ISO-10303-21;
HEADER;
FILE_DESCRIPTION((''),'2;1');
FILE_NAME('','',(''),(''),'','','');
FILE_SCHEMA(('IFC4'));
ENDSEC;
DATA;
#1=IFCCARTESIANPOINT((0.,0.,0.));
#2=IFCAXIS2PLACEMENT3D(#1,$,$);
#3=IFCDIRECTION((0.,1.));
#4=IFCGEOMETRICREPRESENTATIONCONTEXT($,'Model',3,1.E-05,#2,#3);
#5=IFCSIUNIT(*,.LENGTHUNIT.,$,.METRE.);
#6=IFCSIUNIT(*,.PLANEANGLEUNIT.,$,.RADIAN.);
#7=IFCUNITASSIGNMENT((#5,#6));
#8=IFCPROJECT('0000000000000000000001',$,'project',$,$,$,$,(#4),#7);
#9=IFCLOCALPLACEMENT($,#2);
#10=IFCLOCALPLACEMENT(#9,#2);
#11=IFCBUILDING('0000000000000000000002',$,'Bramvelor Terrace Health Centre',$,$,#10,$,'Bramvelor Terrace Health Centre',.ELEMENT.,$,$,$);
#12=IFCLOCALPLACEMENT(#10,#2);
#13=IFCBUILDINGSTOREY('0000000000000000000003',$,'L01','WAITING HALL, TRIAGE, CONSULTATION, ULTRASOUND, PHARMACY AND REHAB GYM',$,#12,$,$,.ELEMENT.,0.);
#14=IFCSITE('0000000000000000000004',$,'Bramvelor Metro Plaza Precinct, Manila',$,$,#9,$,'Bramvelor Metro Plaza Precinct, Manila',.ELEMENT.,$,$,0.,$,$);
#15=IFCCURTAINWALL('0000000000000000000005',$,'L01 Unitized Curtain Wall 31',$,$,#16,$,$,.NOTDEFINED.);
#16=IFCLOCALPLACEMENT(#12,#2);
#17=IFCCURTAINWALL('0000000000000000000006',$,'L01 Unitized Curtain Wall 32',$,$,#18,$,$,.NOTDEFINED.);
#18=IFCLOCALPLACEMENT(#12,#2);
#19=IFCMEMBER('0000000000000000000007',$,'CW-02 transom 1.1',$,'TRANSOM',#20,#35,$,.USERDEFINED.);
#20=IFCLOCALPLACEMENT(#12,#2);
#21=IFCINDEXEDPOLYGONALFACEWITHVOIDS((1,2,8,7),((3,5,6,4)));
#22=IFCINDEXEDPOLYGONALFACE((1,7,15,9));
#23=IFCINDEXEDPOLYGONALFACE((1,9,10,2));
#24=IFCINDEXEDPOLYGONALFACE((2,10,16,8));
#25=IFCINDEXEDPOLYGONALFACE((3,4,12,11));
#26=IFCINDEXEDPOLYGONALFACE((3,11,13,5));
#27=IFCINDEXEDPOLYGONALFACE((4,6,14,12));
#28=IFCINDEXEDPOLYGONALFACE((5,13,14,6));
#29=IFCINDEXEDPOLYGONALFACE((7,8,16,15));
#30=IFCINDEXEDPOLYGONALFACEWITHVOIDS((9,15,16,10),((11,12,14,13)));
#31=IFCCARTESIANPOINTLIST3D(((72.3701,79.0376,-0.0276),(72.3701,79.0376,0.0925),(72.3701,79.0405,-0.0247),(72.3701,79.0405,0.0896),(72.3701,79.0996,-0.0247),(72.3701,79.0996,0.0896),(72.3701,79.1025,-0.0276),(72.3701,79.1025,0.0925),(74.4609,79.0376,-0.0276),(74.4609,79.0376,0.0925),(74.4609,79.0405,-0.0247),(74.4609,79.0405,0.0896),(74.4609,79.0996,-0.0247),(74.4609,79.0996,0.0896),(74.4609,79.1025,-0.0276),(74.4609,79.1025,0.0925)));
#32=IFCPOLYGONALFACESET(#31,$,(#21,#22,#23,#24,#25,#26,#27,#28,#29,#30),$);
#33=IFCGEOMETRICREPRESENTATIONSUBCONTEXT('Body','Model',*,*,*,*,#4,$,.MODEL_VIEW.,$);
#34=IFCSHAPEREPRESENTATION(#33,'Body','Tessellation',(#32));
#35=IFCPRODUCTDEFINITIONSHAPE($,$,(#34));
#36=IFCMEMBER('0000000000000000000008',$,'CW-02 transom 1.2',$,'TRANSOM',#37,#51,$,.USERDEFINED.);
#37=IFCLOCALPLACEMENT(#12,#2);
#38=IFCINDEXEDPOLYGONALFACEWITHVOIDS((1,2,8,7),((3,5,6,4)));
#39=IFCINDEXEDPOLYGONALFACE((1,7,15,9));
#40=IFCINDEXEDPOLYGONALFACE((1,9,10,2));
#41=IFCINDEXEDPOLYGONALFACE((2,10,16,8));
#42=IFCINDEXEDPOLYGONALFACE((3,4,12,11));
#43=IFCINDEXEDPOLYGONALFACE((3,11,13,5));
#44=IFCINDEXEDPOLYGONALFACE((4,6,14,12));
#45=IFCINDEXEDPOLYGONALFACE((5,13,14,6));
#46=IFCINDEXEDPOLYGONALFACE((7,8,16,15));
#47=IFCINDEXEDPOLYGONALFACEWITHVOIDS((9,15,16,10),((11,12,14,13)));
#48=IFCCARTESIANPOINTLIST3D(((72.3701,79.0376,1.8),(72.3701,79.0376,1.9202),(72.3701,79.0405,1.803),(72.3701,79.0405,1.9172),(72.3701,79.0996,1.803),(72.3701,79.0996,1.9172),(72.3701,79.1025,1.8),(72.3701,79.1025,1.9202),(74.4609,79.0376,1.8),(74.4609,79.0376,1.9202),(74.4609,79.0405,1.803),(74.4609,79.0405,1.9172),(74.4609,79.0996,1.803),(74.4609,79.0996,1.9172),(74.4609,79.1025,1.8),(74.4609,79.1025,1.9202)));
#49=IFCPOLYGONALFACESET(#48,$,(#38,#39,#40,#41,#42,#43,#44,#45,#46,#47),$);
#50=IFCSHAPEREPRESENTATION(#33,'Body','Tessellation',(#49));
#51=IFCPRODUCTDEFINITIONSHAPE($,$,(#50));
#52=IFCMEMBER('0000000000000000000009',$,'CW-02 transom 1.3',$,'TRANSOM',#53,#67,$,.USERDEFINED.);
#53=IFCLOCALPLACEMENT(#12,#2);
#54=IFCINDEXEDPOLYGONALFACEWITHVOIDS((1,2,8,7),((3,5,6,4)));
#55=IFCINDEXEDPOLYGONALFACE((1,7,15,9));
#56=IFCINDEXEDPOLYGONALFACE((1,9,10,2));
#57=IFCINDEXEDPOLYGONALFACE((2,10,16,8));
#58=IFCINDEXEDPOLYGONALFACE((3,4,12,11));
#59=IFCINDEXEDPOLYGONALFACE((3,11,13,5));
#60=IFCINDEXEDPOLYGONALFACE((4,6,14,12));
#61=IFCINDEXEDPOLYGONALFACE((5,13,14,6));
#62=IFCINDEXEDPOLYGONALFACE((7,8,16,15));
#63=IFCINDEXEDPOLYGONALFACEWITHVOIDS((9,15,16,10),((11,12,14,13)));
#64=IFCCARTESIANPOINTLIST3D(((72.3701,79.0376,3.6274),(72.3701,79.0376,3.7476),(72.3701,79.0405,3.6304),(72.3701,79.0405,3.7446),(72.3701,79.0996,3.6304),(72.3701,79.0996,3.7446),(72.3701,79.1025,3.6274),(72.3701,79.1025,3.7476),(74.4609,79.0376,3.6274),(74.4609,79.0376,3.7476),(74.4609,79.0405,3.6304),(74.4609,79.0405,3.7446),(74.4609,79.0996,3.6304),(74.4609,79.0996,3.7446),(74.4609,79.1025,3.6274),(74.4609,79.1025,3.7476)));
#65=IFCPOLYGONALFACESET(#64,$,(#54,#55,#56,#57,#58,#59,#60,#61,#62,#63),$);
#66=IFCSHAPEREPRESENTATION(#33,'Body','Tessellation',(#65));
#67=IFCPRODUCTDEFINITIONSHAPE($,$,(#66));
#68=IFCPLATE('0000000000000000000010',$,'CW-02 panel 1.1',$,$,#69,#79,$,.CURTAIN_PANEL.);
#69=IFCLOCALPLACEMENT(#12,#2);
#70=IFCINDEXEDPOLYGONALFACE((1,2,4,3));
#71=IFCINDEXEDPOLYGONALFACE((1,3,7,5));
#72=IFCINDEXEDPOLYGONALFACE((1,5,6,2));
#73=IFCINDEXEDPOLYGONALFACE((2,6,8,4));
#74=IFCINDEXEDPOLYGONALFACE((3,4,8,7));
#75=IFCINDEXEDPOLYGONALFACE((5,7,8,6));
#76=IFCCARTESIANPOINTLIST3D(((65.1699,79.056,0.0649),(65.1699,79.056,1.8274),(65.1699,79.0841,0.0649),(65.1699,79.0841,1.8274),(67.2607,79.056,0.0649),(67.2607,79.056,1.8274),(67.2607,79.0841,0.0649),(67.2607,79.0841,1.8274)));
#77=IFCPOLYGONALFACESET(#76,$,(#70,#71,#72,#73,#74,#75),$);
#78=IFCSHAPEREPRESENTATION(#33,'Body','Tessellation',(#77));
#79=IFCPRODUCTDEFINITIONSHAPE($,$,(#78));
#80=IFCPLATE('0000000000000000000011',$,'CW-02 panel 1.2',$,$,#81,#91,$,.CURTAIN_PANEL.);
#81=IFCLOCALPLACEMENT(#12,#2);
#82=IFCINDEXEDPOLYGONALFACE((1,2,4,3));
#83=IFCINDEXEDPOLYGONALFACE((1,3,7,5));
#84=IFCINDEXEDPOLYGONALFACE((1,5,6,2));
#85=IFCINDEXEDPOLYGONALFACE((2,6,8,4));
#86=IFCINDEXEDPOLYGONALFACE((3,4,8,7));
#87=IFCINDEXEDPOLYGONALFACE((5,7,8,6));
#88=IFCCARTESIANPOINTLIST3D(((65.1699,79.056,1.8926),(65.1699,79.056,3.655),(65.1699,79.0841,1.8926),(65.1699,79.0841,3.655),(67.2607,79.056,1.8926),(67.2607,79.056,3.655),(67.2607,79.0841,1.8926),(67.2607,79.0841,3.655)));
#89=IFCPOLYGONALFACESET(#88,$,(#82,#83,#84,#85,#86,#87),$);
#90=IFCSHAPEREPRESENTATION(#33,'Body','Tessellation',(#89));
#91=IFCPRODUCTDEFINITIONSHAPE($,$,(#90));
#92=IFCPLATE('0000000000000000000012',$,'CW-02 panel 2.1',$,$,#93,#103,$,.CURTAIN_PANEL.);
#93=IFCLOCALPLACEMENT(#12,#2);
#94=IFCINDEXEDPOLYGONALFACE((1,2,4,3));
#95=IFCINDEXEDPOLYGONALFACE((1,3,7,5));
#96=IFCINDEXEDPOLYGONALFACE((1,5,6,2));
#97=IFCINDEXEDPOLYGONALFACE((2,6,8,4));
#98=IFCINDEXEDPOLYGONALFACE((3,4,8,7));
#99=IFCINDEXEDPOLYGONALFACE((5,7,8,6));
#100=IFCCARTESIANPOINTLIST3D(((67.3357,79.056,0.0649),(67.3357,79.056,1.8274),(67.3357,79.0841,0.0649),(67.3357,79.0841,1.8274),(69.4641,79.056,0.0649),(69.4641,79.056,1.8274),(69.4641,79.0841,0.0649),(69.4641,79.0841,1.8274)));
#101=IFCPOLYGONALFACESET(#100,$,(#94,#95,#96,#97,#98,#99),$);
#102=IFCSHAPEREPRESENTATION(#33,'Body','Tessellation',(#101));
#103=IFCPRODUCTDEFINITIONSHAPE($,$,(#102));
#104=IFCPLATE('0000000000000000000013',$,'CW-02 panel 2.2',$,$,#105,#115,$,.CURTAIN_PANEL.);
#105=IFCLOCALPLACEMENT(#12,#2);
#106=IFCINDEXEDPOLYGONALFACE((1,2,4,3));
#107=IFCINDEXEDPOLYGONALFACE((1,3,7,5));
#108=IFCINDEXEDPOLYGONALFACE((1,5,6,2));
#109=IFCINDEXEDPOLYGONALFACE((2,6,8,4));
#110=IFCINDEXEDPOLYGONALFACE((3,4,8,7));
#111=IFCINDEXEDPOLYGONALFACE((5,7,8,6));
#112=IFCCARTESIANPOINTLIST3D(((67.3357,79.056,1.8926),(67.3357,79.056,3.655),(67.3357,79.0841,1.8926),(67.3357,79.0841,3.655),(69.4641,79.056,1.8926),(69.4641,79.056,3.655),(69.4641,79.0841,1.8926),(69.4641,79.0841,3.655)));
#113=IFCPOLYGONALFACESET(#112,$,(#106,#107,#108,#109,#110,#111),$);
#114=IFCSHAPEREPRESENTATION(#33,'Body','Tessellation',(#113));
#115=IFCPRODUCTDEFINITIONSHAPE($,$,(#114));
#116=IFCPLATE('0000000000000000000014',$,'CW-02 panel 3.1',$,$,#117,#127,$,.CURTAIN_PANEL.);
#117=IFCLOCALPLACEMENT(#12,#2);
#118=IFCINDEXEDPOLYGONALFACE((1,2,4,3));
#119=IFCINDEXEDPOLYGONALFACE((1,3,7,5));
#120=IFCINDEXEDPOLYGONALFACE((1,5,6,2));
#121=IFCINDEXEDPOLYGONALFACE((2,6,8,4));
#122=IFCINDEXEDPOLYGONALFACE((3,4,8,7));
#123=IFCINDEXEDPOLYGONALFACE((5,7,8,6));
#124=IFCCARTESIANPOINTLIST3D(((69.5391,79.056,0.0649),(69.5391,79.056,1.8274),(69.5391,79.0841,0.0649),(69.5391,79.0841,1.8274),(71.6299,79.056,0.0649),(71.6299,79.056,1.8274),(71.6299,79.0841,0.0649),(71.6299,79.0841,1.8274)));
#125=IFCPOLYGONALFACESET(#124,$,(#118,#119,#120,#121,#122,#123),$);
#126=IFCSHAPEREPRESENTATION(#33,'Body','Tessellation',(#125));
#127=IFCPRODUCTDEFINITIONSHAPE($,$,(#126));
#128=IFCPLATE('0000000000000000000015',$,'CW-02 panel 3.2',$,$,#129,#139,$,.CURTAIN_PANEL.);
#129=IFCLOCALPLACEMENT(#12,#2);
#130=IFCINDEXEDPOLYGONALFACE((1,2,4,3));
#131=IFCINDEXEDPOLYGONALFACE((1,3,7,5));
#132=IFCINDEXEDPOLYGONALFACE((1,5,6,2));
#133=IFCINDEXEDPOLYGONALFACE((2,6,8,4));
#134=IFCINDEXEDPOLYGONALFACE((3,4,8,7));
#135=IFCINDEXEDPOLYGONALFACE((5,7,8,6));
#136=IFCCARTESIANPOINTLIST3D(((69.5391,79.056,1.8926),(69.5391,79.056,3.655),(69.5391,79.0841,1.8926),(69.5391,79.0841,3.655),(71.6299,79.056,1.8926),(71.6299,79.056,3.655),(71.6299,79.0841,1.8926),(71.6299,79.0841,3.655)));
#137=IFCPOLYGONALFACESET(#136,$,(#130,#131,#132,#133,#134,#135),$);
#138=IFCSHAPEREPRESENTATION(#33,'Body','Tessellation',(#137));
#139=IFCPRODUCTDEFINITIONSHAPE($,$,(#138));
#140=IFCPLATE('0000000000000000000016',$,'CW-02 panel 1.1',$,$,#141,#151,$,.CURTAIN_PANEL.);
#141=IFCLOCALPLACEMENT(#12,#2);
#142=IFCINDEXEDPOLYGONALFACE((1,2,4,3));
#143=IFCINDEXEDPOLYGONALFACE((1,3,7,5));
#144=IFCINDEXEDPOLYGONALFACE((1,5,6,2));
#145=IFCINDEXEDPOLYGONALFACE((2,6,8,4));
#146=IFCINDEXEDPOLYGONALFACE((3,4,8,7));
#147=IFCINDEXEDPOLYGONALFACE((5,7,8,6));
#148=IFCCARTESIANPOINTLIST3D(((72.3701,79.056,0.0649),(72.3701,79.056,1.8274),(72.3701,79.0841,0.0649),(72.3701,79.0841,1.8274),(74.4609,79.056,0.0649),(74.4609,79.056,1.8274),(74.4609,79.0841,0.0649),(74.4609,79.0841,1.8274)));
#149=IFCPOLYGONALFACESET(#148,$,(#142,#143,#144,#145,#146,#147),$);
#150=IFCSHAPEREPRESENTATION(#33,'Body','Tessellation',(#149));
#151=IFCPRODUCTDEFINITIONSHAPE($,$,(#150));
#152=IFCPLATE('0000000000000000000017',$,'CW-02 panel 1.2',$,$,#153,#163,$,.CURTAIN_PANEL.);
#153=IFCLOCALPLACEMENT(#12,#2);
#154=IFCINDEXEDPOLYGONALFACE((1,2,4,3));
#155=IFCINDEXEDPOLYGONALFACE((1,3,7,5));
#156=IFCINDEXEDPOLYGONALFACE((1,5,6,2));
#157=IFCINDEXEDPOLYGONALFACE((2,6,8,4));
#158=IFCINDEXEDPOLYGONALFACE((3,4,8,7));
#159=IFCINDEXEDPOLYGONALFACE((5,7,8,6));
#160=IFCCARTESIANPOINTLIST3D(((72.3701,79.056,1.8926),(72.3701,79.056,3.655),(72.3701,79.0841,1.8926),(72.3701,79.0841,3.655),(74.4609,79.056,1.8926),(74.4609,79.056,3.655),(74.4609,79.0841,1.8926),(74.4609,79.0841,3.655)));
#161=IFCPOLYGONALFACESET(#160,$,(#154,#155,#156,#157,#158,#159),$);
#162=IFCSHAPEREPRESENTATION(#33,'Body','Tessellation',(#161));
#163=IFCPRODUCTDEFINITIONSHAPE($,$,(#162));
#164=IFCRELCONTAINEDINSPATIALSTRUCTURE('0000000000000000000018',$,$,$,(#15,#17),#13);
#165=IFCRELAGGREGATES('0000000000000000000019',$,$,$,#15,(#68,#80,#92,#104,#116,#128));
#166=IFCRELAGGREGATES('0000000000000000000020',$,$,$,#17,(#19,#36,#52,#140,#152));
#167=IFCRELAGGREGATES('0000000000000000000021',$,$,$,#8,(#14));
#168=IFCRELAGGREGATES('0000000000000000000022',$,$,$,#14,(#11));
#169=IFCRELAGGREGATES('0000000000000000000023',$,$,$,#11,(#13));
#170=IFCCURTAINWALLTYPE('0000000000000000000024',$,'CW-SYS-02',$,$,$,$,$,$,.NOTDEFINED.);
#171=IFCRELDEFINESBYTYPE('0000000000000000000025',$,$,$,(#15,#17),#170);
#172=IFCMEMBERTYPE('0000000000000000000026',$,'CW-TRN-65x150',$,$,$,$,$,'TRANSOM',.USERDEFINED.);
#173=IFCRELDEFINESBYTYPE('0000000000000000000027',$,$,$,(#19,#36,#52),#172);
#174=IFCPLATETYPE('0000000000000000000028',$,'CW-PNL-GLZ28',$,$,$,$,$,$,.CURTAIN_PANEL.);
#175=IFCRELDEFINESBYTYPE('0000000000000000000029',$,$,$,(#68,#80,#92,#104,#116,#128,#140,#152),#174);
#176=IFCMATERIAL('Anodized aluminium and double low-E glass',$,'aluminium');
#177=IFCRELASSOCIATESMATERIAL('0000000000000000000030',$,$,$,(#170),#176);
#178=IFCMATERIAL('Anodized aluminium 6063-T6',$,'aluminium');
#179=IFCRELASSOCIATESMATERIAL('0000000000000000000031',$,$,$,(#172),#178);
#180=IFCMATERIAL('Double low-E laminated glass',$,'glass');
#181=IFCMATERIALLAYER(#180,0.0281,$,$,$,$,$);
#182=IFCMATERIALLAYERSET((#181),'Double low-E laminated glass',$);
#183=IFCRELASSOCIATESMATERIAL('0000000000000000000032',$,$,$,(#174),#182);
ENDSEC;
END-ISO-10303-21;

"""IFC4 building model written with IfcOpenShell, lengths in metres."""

from ifc_helpers import new_model, si_unit, direction, frame, origin, origin_2d, place, context, subcontext, project, spatial, rectangle, hollow_rectangle, extrude, material, layer, layer_set, material_profile, profile_set, type_object, element, aggregate, save


model = new_model("IFC4")

# Units and contexts
model_context = context("Model", 3, precision=1e-05, world=origin(), true_north=direction((0.0, 1.0)))
body_context = subcontext(model_context, "Body", "Model", "MODEL_VIEW")
ifc_project = project(units=[si_unit("LENGTHUNIT", "METRE"), si_unit("PLANEANGLEUNIT", "RADIAN")], contexts=[model_context])

# Site, building, storey
site_placement = place(None, origin())
site = spatial("IfcSite", under=ifc_project, at=site_placement, Name="Bramvelor Metro Plaza Precinct, Manila", LongName="Bramvelor Metro Plaza Precinct, Manila", CompositionType="ELEMENT", RefElevation=0.0)
building_placement = place(site_placement, origin())
building = spatial("IfcBuilding", under=site, at=building_placement, Name="Bramvelor Terrace Health Centre", LongName="Bramvelor Terrace Health Centre", CompositionType="ELEMENT")
storey_placement = place(building_placement, origin())
storey = spatial("IfcBuildingStorey", under=building, at=storey_placement, Name="L01", Description="WAITING HALL, TRIAGE, CONSULTATION, ULTRASOUND, PHARMACY AND REHAB GYM", CompositionType="ELEMENT", Elevation=0.0)

# Curtain wall
ifc_material_1 = material(Name="Anodized aluminium and double low-E glass", Category="aluminium")
curtain_wall_type = type_object("IfcCurtainWallType", Name="CW-SYS-02", PredefinedType="NOTDEFINED", material=ifc_material_1)
curtain_wall_1_placement = place(storey_placement, origin())
curtain_wall_1 = element("IfcCurtainWall", 1, at=curtain_wall_1_placement, inside=storey, type_object=curtain_wall_type, Name="L01 Unitized Curtain Wall 31", PredefinedType="NOTDEFINED")

# Curtain wall
curtain_wall_2_placement = place(storey_placement, origin())
curtain_wall_2 = element("IfcCurtainWall", 2, at=curtain_wall_2_placement, inside=storey, type_object=curtain_wall_type, Name="L01 Unitized Curtain Wall 32", PredefinedType="NOTDEFINED")

# Members
ifc_material_2 = material(Name="Anodized aluminium 6063-T6", Category="aluminium")
ifc_material_profile_1 = material_profile(ifc_material_2, hollow_rectangle(XDim=0.0649, YDim=0.1201, WallThickness=0.0029, at=origin_2d()), Name="ALU-TRN 65x120x3.0")
ifc_profile_set_1 = profile_set([ifc_material_profile_1], Name="Anodized aluminium 6063-T6")
member_type_1 = type_object("IfcMemberType", Name="CW-TRN-65x150", ElementType="TRANSOM", PredefinedType="USERDEFINED", material=ifc_profile_set_1)
member_1_placement = place(storey_placement, frame((72.3701, 79.0701, 0.0325), z_axis=(1.0, 0.0, 0.0), x_axis=(0.0, 1.0, 0.0)))
member_1 = element("IfcMember", 3, at=member_1_placement, type_object=member_type_1, Name="CW-02 transom 1.1", ObjectType="TRANSOM", PredefinedType="USERDEFINED", context=body_context, shape_type="SweptSolid", body=[
    extrude(hollow_rectangle(XDim=0.0649, YDim=0.1201, WallThickness=0.0029, at=origin_2d()), origin(), (0.0, 0.0, 1.0), 2.0908),
])
member_2_placement = place(storey_placement, frame((72.3701, 79.0701, 1.8601), z_axis=(1.0, 0.0, 0.0), x_axis=(0.0, 1.0, 0.0)))
member_2 = element("IfcMember", 4, at=member_2_placement, type_object=member_type_1, Name="CW-02 transom 1.2", ObjectType="TRANSOM", PredefinedType="USERDEFINED", context=body_context, shape_type="SweptSolid", body=[
    extrude(hollow_rectangle(XDim=0.0649, YDim=0.1201, WallThickness=0.0029, at=origin_2d()), origin(), (0.0, 0.0, 1.0), 2.0908),
])
member_3_placement = place(storey_placement, frame((72.3701, 79.0701, 3.6875), z_axis=(1.0, 0.0, 0.0), x_axis=(0.0, 1.0, 0.0)))
member_3 = element("IfcMember", 5, at=member_3_placement, type_object=member_type_1, Name="CW-02 transom 1.3", ObjectType="TRANSOM", PredefinedType="USERDEFINED", context=body_context, shape_type="SweptSolid", body=[
    extrude(hollow_rectangle(XDim=0.0649, YDim=0.1201, WallThickness=0.0029, at=origin_2d()), origin(), (0.0, 0.0, 1.0), 2.0908),
])

# Plates
ifc_material_3 = material(Name="Double low-E laminated glass", Category="glass")
ifc_layer = layer(ifc_material_3, 0.0281)
ifc_layer_set = layer_set([ifc_layer], Name="Double low-E laminated glass")
plate_type = type_object("IfcPlateType", Name="CW-PNL-GLZ28", PredefinedType="CURTAIN_PANEL", material=ifc_layer_set)
plate_1_placement = place(storey_placement, frame((66.2153, 79.0701, 0.0649), z_axis=(0.0, 0.0, 1.0), x_axis=(1.0, 0.0, 0.0)))
plate_1 = element("IfcPlate", 6, at=plate_1_placement, type_object=plate_type, Name="CW-02 panel 1.1", PredefinedType="CURTAIN_PANEL", context=body_context, shape_type="SweptSolid", body=[
    extrude(rectangle(XDim=2.0908, YDim=0.0281, at=origin_2d()), origin(), (0.0, 0.0, 1.0), 1.7625),
])
plate_2_placement = place(storey_placement, frame((66.2153, 79.0701, 1.8926), z_axis=(0.0, 0.0, 1.0), x_axis=(1.0, 0.0, 0.0)))
plate_2 = element("IfcPlate", 7, at=plate_2_placement, type_object=plate_type, Name="CW-02 panel 1.2", PredefinedType="CURTAIN_PANEL", context=body_context, shape_type="SweptSolid", body=[
    extrude(rectangle(XDim=2.0908, YDim=0.0281, at=origin_2d()), origin(), (0.0, 0.0, 1.0), 1.7625),
])
plate_3_placement = place(storey_placement, frame((68.3999, 79.0701, 0.0649), z_axis=(0.0, 0.0, 1.0), x_axis=(1.0, 0.0, 0.0)))
plate_3 = element("IfcPlate", 8, at=plate_3_placement, type_object=plate_type, Name="CW-02 panel 2.1", PredefinedType="CURTAIN_PANEL", context=body_context, shape_type="SweptSolid", body=[
    extrude(rectangle(XDim=2.1284, YDim=0.0281, at=origin_2d()), origin(), (0.0, 0.0, 1.0), 1.7625),
])
plate_4_placement = place(storey_placement, frame((68.3999, 79.0701, 1.8926), z_axis=(0.0, 0.0, 1.0), x_axis=(1.0, 0.0, 0.0)))
plate_4 = element("IfcPlate", 9, at=plate_4_placement, type_object=plate_type, Name="CW-02 panel 2.2", PredefinedType="CURTAIN_PANEL", context=body_context, shape_type="SweptSolid", body=[
    extrude(rectangle(XDim=2.1284, YDim=0.0281, at=origin_2d()), origin(), (0.0, 0.0, 1.0), 1.7625),
])
plate_5_placement = place(storey_placement, frame((70.5845, 79.0701, 0.0649), z_axis=(0.0, 0.0, 1.0), x_axis=(1.0, 0.0, 0.0)))
plate_5 = element("IfcPlate", 10, at=plate_5_placement, type_object=plate_type, Name="CW-02 panel 3.1", PredefinedType="CURTAIN_PANEL", context=body_context, shape_type="SweptSolid", body=[
    extrude(rectangle(XDim=2.0908, YDim=0.0281, at=origin_2d()), origin(), (0.0, 0.0, 1.0), 1.7625),
])
plate_6_placement = place(storey_placement, frame((70.5845, 79.0701, 1.8926), z_axis=(0.0, 0.0, 1.0), x_axis=(1.0, 0.0, 0.0)))
plate_6 = element("IfcPlate", 11, at=plate_6_placement, type_object=plate_type, Name="CW-02 panel 3.2", PredefinedType="CURTAIN_PANEL", context=body_context, shape_type="SweptSolid", body=[
    extrude(rectangle(XDim=2.0908, YDim=0.0281, at=origin_2d()), origin(), (0.0, 0.0, 1.0), 1.7625),
])
aggregate(curtain_wall_1, [plate_1, plate_2, plate_3, plate_4, plate_5, plate_6])
plate_7_placement = place(storey_placement, frame((73.4155, 79.0701, 0.0649), z_axis=(0.0, 0.0, 1.0), x_axis=(1.0, 0.0, 0.0)))
plate_7 = element("IfcPlate", 12, at=plate_7_placement, type_object=plate_type, Name="CW-02 panel 1.1", PredefinedType="CURTAIN_PANEL", context=body_context, shape_type="SweptSolid", body=[
    extrude(rectangle(XDim=2.0908, YDim=0.0281, at=origin_2d()), origin(), (0.0, 0.0, 1.0), 1.7625),
])
plate_8_placement = place(storey_placement, frame((73.4155, 79.0701, 1.8926), z_axis=(0.0, 0.0, 1.0), x_axis=(1.0, 0.0, 0.0)))
plate_8 = element("IfcPlate", 13, at=plate_8_placement, type_object=plate_type, Name="CW-02 panel 1.2", PredefinedType="CURTAIN_PANEL", context=body_context, shape_type="SweptSolid", body=[
    extrude(rectangle(XDim=2.0908, YDim=0.0281, at=origin_2d()), origin(), (0.0, 0.0, 1.0), 1.7625),
])
aggregate(curtain_wall_2, [member_1, member_2, member_3, plate_7, plate_8])

save(model, "model.ifc")
